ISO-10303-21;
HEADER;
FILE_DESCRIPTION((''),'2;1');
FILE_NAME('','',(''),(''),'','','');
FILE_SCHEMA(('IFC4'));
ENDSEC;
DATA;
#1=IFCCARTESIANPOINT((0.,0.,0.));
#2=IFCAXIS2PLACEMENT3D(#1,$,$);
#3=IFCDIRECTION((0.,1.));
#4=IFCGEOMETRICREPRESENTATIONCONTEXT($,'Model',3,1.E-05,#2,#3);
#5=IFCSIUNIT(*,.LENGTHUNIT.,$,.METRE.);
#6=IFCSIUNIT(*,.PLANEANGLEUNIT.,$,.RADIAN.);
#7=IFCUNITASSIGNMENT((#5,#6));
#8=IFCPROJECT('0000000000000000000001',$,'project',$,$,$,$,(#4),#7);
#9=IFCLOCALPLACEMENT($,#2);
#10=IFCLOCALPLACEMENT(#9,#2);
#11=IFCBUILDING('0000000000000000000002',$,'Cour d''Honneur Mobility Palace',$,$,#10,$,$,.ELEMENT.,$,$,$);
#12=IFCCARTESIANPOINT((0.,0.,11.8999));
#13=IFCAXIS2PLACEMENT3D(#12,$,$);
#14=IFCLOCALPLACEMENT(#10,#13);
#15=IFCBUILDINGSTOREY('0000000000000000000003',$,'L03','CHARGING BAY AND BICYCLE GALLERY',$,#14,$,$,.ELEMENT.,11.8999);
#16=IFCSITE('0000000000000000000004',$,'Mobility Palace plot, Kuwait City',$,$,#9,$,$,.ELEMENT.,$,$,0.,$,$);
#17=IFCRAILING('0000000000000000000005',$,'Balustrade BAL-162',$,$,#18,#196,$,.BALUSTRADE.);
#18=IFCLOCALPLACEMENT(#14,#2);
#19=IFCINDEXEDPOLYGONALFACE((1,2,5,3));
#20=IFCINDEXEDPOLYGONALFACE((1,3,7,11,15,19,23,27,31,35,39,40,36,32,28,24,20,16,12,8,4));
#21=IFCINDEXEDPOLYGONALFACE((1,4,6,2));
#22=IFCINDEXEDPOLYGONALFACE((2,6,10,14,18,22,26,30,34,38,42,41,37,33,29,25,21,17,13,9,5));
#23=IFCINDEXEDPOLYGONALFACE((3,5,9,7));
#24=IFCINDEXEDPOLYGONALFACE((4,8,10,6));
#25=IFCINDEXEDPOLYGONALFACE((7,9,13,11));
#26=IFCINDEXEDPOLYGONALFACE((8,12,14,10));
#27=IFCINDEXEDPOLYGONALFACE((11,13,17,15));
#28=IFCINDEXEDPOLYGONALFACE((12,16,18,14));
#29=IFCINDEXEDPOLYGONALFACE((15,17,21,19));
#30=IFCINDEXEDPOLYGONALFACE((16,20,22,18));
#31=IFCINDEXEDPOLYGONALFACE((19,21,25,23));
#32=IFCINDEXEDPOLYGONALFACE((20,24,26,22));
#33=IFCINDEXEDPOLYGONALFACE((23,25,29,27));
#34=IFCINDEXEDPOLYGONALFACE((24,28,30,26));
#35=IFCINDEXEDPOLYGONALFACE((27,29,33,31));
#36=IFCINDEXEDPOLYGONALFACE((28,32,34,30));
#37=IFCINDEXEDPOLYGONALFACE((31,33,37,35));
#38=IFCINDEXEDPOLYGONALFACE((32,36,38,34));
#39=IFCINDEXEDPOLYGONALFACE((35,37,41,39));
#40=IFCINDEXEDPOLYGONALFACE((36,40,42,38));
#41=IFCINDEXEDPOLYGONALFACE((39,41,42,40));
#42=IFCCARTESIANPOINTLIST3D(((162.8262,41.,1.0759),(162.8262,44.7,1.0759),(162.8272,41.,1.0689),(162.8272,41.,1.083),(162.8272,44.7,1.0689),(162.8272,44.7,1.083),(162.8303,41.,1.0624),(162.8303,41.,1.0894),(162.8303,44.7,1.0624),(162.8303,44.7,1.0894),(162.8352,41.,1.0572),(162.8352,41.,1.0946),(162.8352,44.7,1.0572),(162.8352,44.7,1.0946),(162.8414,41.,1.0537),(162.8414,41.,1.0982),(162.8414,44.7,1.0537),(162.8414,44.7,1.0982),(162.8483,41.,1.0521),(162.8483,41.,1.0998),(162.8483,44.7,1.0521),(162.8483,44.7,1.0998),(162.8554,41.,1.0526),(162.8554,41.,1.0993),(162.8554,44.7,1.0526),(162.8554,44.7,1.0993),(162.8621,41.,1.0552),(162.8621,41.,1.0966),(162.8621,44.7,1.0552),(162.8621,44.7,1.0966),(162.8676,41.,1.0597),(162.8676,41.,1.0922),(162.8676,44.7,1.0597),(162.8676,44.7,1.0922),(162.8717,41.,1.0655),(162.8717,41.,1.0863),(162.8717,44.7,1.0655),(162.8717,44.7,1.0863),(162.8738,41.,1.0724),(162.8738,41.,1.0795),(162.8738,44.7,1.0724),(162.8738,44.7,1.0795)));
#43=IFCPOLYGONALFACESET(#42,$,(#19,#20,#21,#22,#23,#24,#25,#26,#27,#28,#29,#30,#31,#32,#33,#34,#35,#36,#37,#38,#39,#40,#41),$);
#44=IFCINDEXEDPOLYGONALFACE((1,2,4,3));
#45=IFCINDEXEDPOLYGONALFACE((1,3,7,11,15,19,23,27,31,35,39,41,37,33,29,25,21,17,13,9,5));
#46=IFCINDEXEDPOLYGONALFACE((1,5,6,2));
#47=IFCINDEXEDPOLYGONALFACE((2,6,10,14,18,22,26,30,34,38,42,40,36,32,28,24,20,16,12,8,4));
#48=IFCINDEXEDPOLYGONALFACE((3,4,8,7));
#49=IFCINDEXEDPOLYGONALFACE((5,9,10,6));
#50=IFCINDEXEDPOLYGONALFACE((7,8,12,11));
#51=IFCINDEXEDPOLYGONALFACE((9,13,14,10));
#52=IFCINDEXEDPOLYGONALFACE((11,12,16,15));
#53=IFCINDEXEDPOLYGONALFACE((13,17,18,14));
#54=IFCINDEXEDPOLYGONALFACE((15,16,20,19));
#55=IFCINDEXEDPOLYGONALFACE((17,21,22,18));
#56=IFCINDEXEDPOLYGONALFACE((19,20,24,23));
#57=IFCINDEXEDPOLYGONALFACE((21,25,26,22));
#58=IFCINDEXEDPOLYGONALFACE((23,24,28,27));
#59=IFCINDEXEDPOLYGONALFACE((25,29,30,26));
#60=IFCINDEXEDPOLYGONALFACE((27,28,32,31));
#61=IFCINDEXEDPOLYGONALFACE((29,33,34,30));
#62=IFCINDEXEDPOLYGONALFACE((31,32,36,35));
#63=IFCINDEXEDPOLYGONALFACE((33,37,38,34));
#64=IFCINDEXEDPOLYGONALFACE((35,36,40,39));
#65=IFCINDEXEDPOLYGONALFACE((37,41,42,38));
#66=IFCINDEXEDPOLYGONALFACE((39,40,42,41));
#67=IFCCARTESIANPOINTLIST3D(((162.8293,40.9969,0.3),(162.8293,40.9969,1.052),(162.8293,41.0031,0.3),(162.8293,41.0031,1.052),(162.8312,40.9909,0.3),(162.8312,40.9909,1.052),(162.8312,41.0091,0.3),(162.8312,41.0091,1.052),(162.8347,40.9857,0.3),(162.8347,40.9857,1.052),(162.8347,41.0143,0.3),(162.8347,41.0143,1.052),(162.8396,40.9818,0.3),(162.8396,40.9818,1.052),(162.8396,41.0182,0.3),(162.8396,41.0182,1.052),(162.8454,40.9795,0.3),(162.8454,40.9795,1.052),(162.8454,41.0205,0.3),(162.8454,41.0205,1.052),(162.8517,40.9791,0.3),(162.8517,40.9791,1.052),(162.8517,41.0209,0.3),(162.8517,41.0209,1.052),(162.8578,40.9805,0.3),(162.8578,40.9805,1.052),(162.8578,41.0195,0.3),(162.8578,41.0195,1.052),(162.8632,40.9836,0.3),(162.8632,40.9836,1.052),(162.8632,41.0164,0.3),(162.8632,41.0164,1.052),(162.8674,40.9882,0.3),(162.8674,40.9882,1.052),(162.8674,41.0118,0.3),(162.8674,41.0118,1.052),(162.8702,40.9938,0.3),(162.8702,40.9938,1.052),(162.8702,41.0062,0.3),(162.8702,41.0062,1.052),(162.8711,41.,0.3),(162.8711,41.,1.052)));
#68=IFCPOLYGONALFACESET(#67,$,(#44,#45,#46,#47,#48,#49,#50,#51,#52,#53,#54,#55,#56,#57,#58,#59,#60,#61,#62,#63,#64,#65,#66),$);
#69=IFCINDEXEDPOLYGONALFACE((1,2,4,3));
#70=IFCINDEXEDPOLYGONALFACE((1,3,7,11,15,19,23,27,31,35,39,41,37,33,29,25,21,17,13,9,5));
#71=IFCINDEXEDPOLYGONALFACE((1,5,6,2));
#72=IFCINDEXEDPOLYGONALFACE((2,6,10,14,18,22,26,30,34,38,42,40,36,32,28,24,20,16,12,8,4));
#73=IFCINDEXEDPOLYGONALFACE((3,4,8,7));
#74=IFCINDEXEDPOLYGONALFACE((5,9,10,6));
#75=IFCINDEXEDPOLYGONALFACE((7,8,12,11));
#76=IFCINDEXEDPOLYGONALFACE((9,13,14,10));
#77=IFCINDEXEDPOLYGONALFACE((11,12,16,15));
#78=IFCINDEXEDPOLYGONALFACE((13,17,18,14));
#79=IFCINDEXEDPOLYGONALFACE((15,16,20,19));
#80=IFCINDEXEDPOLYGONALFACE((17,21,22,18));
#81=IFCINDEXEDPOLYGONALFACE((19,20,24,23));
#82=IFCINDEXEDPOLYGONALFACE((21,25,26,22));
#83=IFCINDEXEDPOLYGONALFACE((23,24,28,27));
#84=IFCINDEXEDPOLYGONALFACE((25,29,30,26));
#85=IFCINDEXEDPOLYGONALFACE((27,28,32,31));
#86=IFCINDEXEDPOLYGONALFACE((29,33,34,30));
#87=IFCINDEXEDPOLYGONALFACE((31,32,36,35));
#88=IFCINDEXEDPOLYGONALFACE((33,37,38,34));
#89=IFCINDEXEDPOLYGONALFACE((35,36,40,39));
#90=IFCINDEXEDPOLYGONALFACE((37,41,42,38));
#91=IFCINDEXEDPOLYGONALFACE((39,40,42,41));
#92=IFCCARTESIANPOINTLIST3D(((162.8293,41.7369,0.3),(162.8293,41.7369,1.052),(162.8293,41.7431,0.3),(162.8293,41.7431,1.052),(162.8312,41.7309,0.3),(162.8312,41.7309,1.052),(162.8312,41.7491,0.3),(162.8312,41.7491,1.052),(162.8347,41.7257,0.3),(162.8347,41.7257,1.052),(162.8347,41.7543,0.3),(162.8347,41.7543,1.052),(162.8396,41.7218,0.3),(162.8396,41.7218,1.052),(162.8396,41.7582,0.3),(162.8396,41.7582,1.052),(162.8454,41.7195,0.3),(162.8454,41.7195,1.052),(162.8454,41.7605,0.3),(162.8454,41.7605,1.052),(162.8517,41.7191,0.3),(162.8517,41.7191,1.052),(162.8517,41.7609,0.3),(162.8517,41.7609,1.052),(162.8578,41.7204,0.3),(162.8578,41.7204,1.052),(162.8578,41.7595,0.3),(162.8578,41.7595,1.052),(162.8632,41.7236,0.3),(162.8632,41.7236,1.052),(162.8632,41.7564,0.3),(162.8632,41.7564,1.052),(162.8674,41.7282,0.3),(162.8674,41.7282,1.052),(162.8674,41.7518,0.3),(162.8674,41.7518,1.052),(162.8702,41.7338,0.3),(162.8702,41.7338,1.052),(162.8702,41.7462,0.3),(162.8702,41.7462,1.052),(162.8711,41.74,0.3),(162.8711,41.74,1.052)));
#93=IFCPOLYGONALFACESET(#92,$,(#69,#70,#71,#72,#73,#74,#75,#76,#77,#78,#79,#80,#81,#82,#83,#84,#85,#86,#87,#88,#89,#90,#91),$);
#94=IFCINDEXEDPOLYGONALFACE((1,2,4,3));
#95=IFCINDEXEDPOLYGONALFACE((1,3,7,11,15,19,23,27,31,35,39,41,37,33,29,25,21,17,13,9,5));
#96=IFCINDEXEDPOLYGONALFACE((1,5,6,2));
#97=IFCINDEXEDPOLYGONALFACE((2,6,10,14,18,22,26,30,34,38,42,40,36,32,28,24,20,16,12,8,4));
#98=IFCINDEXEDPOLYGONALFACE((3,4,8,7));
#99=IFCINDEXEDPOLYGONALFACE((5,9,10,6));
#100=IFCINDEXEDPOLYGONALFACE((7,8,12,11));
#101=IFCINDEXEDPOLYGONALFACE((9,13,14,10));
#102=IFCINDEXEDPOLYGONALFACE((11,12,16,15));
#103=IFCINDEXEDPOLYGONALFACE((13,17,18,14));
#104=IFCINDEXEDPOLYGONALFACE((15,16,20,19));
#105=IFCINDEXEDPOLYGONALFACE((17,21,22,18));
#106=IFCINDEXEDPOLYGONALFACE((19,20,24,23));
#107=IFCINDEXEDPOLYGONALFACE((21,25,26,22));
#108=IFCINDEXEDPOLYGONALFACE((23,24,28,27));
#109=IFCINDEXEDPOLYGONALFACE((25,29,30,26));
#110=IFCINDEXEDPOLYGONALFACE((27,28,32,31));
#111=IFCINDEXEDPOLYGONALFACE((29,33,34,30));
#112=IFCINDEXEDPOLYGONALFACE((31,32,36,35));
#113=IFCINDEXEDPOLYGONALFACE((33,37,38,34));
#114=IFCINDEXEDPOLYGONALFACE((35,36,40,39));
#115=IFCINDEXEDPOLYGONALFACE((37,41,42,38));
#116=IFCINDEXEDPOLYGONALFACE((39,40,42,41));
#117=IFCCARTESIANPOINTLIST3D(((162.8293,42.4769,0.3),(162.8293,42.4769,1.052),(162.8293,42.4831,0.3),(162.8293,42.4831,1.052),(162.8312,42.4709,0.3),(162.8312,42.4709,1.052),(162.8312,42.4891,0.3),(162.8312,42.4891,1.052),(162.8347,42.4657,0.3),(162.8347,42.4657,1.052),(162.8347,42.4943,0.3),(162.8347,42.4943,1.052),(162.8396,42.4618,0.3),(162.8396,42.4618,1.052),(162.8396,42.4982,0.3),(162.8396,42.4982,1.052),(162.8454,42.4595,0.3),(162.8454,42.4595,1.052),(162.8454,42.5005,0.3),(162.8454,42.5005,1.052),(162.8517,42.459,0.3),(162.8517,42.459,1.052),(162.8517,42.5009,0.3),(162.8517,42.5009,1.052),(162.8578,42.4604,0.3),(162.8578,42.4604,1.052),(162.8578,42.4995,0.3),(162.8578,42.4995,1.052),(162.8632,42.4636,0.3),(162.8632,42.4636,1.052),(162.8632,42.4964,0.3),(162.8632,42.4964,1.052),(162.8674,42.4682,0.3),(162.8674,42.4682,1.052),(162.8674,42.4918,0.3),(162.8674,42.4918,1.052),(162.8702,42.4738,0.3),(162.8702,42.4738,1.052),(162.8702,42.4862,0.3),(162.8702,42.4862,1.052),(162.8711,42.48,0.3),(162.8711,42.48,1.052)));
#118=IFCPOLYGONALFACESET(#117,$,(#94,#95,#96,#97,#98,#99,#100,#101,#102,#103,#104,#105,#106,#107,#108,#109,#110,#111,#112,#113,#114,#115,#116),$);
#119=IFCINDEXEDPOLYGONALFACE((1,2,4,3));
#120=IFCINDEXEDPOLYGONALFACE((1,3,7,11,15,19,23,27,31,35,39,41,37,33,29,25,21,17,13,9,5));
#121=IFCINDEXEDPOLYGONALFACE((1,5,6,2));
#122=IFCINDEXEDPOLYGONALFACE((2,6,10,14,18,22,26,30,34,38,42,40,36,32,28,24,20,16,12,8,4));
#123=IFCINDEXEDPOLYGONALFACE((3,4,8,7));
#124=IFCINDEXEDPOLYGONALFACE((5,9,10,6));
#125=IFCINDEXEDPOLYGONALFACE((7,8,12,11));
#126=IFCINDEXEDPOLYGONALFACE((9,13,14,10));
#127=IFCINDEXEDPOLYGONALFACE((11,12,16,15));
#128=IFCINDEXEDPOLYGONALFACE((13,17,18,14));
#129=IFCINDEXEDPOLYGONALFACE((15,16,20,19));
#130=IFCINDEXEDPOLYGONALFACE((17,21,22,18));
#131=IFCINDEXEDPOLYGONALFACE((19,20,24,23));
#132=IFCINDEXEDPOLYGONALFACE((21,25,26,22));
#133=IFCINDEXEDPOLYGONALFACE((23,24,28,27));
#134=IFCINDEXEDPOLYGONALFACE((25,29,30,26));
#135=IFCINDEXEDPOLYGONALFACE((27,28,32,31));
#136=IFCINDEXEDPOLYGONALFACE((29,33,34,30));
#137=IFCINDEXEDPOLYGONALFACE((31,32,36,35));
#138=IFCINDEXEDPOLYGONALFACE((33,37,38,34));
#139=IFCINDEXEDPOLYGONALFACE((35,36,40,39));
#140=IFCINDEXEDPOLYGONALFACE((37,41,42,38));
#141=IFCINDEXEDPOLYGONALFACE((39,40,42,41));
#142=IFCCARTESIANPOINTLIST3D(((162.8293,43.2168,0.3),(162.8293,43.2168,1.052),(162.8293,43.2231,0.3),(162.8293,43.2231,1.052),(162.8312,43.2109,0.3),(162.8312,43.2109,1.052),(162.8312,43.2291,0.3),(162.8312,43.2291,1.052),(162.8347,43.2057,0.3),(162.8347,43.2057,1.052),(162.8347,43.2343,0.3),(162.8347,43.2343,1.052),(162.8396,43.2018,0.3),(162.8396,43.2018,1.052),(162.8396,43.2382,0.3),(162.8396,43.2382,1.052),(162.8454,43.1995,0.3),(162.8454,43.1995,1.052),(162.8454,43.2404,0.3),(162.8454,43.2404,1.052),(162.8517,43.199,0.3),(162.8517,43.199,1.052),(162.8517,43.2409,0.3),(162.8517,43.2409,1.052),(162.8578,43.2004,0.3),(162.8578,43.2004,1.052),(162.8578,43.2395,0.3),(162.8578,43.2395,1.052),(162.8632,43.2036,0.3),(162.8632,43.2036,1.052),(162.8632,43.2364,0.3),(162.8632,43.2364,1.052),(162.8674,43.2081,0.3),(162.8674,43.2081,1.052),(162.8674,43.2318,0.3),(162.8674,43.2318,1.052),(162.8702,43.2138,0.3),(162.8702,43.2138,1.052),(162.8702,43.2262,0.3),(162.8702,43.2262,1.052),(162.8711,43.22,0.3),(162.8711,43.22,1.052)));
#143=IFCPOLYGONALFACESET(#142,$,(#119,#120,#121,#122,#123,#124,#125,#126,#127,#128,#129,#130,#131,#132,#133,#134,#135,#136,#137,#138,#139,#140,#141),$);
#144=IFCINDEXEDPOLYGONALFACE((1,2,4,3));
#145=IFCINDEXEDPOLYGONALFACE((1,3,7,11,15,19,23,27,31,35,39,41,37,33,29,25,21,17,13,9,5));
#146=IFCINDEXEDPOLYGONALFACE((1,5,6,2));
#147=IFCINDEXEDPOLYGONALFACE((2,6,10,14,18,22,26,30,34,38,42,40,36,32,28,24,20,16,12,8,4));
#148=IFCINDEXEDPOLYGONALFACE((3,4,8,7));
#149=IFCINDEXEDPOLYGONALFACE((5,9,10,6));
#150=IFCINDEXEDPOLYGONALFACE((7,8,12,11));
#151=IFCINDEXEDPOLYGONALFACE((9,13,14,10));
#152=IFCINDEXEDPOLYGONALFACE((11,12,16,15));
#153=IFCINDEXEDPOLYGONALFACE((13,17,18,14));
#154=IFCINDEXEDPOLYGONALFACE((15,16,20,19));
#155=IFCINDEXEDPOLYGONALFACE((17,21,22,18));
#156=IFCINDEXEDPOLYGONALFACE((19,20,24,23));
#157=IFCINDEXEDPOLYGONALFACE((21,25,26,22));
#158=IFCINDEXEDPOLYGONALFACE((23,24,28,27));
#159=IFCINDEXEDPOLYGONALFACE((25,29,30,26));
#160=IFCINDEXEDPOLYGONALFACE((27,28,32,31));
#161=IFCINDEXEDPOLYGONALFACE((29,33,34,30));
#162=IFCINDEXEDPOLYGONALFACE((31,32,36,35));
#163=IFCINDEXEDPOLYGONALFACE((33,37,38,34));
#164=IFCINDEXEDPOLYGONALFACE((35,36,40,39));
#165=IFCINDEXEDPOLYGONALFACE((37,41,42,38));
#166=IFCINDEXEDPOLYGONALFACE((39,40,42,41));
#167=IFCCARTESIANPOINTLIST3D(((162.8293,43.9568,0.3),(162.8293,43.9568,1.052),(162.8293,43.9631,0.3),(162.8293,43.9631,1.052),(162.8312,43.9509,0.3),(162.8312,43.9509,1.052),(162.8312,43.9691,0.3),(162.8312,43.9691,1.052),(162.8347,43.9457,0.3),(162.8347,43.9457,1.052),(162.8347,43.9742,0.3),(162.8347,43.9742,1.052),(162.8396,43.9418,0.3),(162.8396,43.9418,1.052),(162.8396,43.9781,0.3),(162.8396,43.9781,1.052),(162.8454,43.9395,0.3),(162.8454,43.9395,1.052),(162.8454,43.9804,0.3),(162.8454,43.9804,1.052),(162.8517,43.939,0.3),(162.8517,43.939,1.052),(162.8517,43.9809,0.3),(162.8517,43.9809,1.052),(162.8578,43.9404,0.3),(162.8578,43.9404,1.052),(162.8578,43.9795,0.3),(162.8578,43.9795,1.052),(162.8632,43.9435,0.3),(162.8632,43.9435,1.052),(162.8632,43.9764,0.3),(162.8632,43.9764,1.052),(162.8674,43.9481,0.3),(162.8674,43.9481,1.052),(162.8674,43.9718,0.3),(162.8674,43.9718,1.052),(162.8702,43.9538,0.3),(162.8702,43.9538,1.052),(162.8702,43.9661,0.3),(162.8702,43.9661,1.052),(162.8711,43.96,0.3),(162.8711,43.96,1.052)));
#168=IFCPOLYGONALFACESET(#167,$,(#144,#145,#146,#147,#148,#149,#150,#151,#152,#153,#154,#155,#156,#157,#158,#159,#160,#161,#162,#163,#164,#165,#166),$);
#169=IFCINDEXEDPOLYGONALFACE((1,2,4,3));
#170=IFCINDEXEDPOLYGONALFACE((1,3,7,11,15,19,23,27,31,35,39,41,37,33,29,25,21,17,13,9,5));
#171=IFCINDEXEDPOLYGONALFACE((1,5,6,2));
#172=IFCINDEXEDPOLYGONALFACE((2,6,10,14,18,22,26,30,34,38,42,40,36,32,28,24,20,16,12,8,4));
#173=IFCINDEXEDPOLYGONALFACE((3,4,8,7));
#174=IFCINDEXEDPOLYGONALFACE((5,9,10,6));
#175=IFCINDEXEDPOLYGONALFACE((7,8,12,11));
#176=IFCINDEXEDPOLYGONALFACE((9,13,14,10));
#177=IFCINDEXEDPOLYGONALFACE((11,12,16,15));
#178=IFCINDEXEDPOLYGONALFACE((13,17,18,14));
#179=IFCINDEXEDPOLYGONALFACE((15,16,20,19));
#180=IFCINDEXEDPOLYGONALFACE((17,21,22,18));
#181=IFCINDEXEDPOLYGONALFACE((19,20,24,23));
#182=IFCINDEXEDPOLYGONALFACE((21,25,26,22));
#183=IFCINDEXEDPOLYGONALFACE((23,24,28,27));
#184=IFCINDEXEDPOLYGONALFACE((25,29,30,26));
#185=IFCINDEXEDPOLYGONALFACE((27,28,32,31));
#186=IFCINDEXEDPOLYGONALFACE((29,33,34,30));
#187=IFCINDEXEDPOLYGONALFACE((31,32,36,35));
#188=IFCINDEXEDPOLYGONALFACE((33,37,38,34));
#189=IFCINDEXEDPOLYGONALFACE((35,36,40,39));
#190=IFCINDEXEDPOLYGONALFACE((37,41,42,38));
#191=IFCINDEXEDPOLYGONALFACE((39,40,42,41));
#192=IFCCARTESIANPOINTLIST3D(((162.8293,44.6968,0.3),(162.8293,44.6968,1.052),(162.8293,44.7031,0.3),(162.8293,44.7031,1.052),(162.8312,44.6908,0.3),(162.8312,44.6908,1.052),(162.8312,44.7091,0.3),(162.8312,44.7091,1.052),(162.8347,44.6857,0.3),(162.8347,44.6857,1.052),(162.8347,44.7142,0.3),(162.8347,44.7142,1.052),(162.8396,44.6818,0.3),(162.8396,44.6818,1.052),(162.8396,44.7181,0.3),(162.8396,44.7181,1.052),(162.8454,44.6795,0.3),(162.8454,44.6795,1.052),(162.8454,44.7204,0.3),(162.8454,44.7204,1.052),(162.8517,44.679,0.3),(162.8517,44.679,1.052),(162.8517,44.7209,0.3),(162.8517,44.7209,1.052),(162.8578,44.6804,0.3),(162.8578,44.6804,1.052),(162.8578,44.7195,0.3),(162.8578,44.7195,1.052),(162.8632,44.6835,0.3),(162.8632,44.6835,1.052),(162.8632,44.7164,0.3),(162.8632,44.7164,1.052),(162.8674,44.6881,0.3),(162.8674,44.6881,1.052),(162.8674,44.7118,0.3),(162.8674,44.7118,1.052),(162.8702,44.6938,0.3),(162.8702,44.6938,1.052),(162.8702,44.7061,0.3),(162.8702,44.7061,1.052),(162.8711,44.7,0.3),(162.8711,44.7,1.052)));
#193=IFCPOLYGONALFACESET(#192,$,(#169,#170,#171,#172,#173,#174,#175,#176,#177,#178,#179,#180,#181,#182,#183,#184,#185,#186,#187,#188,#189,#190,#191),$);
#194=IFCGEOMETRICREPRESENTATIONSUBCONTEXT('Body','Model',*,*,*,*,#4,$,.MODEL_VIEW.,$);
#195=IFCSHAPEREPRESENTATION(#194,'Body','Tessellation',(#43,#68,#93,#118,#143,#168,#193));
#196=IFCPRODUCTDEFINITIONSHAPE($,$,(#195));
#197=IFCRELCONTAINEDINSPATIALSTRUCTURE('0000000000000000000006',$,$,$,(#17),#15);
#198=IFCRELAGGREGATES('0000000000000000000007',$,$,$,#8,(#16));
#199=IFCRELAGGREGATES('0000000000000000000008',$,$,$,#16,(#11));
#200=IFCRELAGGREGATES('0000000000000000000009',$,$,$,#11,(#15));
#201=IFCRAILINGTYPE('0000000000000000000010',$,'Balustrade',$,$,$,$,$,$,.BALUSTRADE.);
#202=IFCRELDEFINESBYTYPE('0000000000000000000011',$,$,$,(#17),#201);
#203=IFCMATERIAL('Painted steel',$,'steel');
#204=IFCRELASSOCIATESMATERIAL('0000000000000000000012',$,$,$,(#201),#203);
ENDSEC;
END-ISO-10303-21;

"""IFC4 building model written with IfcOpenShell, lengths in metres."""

from ifc_helpers import new_model, si_unit, direction, frame, origin, origin_2d, place, context, subcontext, project, spatial, circle, extrude, material, type_object, element, save


model = new_model("IFC4")

# Units and contexts
model_context = context("Model", 3, precision=1e-05, world=origin(), true_north=direction((0.0, 1.0)))
body_context = subcontext(model_context, "Body", "Model", "MODEL_VIEW")
ifc_project = project(units=[si_unit("LENGTHUNIT", "METRE"), si_unit("PLANEANGLEUNIT", "RADIAN")], contexts=[model_context])

# Site, building, storey
site_placement = place(None, origin())
site = spatial("IfcSite", under=ifc_project, at=site_placement, Name="Mobility Palace plot, Kuwait City", CompositionType="ELEMENT", RefElevation=0.0)
building_placement = place(site_placement, origin())
building = spatial("IfcBuilding", under=site, at=building_placement, Name="Cour d'Honneur Mobility Palace", CompositionType="ELEMENT")
storey_placement = place(building_placement, frame((0.0, 0.0, 11.8999)))
storey = spatial("IfcBuildingStorey", under=building, at=storey_placement, Name="L03", Description="CHARGING BAY AND BICYCLE GALLERY", CompositionType="ELEMENT", Elevation=11.8999)

# Railing
ifc_material_1 = material(Name="Painted steel", Category="steel")
railing_type_1 = type_object("IfcRailingType", Name="Balustrade", PredefinedType="BALUSTRADE", material=ifc_material_1)
railing_1_placement = place(storey_placement, frame((162.8501, 41.0, 0.3)))
element("IfcRailing", 1, at=railing_1_placement, inside=storey, type_object=railing_type_1, Name="Balustrade BAL-162", PredefinedType="BALUSTRADE", context=body_context, shape_type="SweptSolid", body=[
    extrude(circle(Radius=0.0239, at=origin_2d()), frame((0.0, 0.0, 0.7759), z_axis=(0.0, 1.0, 0.0), x_axis=(-1.0, 0.0, 0.0)), (0.0, 0.0, 1.0), 3.7),
    extrude(circle(Radius=0.021, at=origin_2d()), origin(), (0.0, 0.0, 1.0), 0.752),
    extrude(circle(Radius=0.021, at=origin_2d()), frame((0.0, 0.74, 0.0)), (0.0, 0.0, 1.0), 0.752),
    extrude(circle(Radius=0.021, at=origin_2d()), frame((0.0, 1.48, 0.0)), (0.0, 0.0, 1.0), 0.752),
    extrude(circle(Radius=0.021, at=origin_2d()), frame((0.0, 2.22, 0.0)), (0.0, 0.0, 1.0), 0.752),
    extrude(circle(Radius=0.021, at=origin_2d()), frame((0.0, 2.96, 0.0)), (0.0, 0.0, 1.0), 0.752),
    extrude(circle(Radius=0.021, at=origin_2d()), frame((0.0, 3.7, 0.0)), (0.0, 0.0, 1.0), 0.752),
])

save(model, "model.ifc")
